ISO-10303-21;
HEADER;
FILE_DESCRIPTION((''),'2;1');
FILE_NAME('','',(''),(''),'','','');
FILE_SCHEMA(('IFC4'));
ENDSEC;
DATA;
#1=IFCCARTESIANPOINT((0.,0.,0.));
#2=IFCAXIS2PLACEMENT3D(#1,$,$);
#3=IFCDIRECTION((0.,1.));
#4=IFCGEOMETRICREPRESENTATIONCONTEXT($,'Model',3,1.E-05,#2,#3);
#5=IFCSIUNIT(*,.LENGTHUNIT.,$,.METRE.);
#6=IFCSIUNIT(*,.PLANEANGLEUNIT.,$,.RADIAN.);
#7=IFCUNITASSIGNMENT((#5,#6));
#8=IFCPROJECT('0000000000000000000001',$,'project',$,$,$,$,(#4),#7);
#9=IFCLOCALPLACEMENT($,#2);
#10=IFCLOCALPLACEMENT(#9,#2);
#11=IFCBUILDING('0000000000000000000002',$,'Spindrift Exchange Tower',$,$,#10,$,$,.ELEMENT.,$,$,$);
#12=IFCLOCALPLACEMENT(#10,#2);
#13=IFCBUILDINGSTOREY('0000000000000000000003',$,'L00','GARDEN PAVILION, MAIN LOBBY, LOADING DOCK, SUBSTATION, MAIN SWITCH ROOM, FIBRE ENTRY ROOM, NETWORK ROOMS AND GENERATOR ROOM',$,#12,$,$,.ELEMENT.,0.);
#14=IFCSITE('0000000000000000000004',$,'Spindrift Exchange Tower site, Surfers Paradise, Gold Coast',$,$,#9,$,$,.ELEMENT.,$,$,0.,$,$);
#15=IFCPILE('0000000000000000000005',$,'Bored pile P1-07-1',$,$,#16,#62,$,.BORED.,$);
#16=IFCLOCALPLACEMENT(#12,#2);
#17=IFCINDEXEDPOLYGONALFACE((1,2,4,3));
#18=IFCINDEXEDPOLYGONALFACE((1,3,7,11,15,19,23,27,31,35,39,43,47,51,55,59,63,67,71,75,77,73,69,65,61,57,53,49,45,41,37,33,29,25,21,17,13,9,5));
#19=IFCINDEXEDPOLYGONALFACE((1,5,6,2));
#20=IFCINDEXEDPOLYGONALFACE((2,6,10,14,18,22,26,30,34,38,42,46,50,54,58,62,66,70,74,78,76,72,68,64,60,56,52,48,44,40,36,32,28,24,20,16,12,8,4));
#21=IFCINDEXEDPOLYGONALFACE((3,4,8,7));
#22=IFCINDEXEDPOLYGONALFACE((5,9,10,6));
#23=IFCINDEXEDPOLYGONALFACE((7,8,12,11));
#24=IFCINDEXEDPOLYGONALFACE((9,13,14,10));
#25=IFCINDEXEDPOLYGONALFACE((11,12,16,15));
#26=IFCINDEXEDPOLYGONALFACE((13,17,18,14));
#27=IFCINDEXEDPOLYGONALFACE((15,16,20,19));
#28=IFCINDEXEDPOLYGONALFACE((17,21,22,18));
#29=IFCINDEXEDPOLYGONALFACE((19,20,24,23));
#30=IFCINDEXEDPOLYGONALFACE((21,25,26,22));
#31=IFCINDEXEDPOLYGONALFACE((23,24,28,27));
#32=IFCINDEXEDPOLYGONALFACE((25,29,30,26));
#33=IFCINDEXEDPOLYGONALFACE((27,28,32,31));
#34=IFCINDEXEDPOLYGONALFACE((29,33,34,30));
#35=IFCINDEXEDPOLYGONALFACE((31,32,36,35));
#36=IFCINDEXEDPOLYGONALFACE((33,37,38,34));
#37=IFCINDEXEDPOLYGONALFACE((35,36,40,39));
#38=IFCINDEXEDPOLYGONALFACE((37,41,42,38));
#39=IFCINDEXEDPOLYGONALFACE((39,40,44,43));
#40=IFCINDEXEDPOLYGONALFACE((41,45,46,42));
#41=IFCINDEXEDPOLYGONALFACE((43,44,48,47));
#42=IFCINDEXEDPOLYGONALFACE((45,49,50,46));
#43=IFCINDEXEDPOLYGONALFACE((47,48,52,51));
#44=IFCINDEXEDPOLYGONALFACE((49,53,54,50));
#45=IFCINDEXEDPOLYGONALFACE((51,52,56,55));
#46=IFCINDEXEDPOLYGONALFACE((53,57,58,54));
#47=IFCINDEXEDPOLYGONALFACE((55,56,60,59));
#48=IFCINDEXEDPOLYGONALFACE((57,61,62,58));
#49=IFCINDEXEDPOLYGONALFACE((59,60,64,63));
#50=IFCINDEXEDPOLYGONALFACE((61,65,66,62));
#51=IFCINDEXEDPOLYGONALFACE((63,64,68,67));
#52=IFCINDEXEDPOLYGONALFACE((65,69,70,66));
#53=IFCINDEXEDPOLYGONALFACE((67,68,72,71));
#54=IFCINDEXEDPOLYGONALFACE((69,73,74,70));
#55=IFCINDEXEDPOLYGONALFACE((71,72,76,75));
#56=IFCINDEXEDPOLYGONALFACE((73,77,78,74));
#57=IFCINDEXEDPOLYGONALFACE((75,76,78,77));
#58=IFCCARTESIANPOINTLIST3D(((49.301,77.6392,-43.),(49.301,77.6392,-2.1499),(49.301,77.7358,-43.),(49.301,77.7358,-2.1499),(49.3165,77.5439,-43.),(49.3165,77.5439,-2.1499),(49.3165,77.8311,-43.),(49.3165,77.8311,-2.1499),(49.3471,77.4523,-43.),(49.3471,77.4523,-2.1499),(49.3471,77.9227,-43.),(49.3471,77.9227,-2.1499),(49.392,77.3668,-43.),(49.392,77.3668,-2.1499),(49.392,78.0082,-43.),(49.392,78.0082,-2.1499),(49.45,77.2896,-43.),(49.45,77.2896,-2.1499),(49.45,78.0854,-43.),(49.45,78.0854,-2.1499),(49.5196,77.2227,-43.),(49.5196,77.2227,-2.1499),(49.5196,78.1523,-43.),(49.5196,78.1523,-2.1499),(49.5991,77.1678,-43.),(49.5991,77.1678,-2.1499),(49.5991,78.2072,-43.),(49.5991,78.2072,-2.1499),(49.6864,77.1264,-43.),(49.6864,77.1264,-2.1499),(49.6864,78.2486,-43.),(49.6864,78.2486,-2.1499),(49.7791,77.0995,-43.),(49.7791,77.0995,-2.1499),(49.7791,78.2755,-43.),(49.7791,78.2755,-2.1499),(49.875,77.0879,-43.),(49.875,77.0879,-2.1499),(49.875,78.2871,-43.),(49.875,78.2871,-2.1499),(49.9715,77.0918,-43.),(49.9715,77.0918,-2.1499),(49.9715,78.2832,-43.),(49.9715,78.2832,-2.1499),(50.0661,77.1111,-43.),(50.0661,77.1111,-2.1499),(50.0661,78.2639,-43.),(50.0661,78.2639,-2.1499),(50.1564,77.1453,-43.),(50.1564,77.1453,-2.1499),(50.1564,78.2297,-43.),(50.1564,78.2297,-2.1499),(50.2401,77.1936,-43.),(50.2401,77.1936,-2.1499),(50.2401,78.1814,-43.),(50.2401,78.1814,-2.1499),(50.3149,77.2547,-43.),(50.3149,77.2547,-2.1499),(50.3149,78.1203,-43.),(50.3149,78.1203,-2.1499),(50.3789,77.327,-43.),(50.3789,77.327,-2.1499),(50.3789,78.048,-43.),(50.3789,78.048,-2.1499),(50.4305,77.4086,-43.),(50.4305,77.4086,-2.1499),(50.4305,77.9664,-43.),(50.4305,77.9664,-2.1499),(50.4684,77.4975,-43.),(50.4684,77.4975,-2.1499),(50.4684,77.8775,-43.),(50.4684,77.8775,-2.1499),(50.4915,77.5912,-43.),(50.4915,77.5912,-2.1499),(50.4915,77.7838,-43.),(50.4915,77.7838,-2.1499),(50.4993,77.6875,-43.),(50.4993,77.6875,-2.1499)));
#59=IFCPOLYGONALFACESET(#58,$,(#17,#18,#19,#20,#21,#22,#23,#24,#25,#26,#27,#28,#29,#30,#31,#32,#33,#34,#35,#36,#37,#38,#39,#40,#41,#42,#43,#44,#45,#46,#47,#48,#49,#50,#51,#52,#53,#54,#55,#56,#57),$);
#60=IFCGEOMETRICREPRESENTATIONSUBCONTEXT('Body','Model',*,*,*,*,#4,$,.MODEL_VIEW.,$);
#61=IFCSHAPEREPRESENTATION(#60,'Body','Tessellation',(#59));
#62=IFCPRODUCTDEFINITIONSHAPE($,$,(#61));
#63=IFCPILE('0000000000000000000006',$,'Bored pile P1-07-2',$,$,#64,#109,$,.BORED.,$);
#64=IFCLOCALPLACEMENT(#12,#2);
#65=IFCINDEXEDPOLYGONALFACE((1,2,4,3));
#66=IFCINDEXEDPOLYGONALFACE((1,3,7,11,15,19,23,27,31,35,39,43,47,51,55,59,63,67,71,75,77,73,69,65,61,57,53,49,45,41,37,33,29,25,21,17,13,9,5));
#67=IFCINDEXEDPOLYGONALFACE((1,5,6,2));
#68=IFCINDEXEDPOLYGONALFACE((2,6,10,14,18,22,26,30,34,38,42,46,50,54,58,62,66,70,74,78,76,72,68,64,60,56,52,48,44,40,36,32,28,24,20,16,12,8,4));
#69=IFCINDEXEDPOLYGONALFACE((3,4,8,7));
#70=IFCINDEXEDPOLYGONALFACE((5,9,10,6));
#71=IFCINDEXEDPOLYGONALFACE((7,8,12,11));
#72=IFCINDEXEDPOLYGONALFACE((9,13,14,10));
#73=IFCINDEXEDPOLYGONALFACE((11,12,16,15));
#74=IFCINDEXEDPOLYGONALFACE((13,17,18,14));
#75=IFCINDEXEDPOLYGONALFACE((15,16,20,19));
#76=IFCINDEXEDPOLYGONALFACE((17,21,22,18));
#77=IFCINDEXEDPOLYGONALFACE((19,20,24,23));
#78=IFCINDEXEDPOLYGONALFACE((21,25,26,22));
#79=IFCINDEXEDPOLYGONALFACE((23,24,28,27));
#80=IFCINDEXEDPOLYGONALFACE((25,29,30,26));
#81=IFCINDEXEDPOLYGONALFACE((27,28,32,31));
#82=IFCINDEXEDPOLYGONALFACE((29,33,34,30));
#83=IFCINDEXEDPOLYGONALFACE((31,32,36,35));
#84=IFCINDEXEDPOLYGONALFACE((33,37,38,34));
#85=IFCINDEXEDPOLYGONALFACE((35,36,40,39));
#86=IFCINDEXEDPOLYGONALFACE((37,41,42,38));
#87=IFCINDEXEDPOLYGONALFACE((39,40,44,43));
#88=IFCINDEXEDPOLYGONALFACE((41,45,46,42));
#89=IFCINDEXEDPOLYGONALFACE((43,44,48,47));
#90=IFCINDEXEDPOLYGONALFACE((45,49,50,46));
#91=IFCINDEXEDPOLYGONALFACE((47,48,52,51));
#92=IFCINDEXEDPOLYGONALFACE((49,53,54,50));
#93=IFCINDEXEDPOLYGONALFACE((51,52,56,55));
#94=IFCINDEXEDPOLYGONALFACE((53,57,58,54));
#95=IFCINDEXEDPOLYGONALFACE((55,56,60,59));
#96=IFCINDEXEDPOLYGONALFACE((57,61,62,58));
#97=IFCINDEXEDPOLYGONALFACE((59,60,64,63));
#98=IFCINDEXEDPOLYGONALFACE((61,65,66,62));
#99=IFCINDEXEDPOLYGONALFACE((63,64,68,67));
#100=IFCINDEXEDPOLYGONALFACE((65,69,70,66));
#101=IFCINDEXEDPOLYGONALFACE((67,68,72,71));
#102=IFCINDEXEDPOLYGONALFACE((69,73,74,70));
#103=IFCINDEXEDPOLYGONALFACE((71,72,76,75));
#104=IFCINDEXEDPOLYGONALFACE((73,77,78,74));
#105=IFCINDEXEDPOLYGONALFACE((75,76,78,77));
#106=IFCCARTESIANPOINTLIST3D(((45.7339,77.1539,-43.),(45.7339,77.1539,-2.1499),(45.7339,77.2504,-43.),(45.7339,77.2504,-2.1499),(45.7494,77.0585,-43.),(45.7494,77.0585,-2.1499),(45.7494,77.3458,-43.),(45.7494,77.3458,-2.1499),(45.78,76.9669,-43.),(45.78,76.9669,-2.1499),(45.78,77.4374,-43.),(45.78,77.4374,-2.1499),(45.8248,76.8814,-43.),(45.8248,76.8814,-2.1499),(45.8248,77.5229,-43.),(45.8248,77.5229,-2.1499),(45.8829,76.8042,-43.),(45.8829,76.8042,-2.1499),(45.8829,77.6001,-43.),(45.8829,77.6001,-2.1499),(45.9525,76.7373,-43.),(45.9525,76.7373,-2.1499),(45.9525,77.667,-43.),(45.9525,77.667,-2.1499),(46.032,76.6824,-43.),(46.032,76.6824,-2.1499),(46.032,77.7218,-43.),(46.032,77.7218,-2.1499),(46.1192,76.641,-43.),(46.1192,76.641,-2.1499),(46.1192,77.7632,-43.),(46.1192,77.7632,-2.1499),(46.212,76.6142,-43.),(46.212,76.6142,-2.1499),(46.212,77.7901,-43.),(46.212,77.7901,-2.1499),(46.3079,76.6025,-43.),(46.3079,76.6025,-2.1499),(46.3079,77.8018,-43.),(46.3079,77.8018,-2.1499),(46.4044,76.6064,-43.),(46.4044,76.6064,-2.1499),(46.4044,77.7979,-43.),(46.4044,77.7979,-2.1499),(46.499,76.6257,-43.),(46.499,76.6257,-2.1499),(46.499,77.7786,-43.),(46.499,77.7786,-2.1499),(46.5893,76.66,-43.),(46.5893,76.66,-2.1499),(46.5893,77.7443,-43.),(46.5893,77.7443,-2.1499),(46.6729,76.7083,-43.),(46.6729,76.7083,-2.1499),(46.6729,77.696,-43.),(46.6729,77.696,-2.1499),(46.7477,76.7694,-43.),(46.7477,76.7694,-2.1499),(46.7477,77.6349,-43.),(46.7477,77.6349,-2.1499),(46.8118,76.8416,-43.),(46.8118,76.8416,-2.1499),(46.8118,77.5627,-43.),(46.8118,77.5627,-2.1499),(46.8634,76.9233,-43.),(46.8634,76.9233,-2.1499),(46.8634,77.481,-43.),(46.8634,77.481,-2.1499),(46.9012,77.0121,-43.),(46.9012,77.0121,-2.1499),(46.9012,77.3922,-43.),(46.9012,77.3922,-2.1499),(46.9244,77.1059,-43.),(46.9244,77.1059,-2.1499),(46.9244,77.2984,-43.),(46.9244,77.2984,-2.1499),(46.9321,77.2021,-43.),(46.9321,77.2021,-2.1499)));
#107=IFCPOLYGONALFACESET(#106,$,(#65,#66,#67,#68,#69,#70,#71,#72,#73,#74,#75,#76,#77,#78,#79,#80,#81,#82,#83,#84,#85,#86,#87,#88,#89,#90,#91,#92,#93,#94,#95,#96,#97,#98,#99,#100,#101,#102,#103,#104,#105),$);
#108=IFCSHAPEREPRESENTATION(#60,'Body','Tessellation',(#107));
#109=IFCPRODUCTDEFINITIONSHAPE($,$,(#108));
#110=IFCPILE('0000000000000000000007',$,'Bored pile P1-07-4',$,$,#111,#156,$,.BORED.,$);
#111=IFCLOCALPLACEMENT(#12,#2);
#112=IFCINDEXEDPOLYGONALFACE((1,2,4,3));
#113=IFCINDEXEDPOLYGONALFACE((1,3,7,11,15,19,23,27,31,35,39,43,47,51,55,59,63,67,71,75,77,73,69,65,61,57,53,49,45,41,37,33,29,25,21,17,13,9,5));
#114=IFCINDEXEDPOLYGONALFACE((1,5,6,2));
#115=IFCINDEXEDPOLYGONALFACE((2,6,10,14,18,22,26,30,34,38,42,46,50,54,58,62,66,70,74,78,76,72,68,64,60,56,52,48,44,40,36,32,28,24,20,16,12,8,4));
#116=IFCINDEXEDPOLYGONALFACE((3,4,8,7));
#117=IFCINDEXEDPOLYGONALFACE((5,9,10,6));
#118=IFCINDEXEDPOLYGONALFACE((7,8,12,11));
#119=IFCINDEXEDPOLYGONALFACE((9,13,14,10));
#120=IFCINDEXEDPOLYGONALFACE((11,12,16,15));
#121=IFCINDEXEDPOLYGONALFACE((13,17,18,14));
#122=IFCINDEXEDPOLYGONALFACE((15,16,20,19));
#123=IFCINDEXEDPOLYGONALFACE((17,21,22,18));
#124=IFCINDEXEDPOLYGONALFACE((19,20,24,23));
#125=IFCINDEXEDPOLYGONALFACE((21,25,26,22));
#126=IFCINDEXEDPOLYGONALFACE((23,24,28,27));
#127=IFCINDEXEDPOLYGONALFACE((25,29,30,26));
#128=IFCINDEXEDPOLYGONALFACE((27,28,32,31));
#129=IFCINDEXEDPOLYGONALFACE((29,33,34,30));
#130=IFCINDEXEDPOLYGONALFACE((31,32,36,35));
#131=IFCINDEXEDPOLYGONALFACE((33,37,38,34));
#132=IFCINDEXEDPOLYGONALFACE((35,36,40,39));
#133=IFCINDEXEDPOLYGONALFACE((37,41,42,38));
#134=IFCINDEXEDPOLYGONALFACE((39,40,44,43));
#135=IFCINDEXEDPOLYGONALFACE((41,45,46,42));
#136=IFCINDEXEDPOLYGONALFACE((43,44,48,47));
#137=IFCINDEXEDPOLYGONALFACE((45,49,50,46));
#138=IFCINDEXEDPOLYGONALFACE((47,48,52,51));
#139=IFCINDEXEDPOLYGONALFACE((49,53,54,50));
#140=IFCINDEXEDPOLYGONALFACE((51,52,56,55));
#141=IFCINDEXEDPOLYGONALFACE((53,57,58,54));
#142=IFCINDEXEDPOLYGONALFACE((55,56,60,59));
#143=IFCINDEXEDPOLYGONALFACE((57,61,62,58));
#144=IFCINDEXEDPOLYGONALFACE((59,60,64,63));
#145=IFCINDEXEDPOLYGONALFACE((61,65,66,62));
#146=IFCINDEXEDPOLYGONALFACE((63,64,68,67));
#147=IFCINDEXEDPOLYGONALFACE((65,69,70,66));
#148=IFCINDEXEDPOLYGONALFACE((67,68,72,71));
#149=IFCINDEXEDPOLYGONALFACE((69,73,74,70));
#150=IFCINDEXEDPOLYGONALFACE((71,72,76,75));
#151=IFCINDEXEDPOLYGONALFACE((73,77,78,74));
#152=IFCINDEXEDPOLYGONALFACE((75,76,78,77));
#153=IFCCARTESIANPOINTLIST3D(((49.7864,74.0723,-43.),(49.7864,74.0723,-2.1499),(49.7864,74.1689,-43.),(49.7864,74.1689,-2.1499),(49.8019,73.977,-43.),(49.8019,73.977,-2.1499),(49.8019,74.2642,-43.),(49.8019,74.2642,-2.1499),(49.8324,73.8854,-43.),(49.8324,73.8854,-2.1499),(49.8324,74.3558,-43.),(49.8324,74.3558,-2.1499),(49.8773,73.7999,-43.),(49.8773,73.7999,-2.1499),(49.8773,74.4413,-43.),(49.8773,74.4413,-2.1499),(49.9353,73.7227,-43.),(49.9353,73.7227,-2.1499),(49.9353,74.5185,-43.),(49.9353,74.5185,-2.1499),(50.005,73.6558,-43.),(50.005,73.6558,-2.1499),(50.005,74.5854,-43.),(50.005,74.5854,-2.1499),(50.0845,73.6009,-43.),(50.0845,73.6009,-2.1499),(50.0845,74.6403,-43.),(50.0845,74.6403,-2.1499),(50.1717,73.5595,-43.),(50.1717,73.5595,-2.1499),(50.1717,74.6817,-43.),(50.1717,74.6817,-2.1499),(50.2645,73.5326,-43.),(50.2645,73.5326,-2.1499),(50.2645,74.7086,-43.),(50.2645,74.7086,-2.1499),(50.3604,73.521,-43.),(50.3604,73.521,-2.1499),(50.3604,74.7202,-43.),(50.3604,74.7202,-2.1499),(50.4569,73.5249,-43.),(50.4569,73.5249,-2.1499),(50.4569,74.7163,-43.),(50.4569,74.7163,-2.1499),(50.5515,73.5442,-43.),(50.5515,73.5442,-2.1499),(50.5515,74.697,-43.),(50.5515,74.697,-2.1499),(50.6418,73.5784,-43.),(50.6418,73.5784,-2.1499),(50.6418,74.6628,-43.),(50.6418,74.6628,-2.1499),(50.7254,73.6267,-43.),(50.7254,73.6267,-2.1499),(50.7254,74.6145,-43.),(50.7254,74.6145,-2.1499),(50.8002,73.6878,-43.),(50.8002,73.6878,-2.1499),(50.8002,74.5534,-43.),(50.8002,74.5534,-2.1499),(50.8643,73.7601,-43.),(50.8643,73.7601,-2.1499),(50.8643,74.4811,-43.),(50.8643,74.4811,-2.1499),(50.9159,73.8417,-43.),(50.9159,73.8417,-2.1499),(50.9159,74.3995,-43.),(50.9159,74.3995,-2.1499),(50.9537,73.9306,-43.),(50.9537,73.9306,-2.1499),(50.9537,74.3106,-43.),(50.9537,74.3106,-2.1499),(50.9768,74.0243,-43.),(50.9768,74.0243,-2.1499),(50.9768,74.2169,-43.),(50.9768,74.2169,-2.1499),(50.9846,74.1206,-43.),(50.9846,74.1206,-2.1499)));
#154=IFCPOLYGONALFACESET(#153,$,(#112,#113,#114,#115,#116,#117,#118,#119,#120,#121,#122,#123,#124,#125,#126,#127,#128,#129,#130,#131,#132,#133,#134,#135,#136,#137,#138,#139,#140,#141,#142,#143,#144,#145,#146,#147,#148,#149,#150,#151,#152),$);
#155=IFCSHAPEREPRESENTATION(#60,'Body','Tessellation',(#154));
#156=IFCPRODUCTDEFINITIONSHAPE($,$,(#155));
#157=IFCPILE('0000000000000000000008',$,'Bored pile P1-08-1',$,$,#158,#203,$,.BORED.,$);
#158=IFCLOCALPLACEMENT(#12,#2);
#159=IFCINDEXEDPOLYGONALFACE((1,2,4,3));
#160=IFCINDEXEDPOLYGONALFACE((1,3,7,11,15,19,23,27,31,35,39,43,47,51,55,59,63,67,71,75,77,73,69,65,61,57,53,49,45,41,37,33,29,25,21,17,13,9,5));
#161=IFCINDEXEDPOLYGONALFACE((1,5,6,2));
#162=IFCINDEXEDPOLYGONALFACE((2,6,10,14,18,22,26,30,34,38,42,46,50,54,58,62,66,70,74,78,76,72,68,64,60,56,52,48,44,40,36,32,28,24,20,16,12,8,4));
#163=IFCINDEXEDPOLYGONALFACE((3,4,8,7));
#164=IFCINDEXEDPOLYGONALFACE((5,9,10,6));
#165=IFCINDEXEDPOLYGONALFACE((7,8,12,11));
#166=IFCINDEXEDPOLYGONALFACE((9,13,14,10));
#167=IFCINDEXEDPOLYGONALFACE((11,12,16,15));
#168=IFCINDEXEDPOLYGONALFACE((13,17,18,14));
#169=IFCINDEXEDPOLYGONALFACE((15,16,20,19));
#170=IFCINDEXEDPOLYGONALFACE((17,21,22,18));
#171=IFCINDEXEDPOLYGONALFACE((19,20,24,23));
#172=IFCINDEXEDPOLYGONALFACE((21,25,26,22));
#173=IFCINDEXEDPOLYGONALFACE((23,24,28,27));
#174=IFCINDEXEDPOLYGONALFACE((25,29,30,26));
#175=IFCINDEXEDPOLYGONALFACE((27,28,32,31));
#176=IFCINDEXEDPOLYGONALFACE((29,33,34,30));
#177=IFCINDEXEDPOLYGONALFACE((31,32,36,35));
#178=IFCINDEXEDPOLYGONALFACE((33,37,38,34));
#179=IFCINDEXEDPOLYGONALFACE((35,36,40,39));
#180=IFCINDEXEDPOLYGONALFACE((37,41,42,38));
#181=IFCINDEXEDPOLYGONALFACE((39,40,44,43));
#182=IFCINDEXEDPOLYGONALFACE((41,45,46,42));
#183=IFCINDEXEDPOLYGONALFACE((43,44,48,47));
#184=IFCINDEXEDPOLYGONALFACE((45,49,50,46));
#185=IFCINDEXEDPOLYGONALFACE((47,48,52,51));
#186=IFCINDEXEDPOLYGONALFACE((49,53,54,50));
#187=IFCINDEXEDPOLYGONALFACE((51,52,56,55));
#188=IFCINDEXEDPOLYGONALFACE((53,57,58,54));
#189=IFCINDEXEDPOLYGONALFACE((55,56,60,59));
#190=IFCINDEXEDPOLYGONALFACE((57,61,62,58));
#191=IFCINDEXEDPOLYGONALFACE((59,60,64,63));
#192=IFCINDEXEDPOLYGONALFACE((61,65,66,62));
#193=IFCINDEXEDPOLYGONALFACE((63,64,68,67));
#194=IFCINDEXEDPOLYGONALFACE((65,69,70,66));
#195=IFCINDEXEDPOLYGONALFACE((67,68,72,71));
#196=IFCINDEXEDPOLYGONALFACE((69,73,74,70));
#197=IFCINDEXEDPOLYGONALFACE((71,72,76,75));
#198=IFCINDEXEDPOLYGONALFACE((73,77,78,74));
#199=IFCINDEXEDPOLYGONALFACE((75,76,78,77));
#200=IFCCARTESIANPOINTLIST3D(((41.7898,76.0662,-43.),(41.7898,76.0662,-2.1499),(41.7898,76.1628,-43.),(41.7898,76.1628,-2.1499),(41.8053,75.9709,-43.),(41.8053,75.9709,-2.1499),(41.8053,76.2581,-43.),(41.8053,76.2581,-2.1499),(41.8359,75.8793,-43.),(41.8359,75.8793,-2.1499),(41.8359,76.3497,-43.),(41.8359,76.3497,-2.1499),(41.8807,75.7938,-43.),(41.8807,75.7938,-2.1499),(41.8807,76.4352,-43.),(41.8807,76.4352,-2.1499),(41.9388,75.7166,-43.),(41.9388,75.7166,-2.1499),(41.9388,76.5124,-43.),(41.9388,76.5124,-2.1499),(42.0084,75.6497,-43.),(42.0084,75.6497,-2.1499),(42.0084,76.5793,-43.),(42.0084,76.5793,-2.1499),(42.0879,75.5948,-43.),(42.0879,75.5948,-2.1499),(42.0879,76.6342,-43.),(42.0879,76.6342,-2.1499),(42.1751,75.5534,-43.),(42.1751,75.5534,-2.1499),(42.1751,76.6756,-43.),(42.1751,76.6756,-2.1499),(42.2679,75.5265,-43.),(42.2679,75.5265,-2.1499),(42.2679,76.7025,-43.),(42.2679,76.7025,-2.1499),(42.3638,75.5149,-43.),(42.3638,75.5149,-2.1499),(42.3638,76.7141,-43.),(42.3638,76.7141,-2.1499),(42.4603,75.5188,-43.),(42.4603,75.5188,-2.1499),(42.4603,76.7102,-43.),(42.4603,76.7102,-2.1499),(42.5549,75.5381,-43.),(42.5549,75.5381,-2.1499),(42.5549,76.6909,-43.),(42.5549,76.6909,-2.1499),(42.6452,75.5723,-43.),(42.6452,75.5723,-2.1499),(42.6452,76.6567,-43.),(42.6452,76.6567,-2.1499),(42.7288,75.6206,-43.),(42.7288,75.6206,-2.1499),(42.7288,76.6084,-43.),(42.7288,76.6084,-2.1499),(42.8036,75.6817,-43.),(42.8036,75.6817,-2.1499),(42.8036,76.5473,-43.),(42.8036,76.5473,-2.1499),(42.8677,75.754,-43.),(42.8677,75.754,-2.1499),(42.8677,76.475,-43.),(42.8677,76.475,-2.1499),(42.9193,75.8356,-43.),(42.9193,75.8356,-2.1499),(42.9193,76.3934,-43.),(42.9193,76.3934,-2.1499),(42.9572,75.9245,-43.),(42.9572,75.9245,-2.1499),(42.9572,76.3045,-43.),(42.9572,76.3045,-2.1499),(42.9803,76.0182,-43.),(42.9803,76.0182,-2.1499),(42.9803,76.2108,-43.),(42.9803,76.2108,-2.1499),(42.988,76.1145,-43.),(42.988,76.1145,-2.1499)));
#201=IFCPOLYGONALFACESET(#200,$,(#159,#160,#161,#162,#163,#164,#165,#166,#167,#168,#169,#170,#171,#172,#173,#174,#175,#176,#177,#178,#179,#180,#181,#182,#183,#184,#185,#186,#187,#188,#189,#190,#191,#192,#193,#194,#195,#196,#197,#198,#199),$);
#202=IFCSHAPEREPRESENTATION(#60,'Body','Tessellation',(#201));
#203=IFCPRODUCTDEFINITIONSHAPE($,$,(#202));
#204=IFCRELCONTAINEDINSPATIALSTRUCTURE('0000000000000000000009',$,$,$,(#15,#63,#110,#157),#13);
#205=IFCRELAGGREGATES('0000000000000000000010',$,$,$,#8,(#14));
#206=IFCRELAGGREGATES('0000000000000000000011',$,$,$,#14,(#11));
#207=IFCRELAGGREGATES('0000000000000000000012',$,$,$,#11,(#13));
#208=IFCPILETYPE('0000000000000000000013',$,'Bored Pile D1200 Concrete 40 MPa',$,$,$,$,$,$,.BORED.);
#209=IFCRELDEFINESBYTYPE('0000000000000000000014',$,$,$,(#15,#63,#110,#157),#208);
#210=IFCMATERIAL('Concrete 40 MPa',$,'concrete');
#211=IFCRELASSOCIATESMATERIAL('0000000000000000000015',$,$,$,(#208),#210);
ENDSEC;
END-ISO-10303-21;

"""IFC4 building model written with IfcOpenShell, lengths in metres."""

from ifc_helpers import new_model, si_unit, direction, frame, origin, origin_2d, place, context, subcontext, project, spatial, circle, extrude, source, transform, mapped, material, material_profile, profile_set, type_object, element, save


model = new_model("IFC4")

# Units and contexts
model_context = context("Model", 3, precision=1e-05, world=origin(), true_north=direction((0.0, 1.0)))
body_context = subcontext(model_context, "Body", "Model", "MODEL_VIEW")
ifc_project = project(units=[si_unit("LENGTHUNIT", "METRE"), si_unit("PLANEANGLEUNIT", "RADIAN")], contexts=[model_context])

# Site, building, storey
site_placement = place(None, origin())
site = spatial("IfcSite", under=ifc_project, at=site_placement, Name="Spindrift Exchange Tower site, Surfers Paradise, Gold Coast", CompositionType="ELEMENT", RefElevation=0.0)
building_placement = place(site_placement, origin())
building = spatial("IfcBuilding", under=site, at=building_placement, Name="Spindrift Exchange Tower", CompositionType="ELEMENT")
storey_placement = place(building_placement, origin())
storey = spatial("IfcBuildingStorey", under=building, at=storey_placement, Name="L00", Description="GARDEN PAVILION, MAIN LOBBY, LOADING DOCK, SUBSTATION, MAIN SWITCH ROOM, FIBRE ENTRY ROOM, NETWORK ROOMS AND GENERATOR ROOM", CompositionType="ELEMENT", Elevation=0.0)

# Piles
ifc_material_1 = material(Name="Concrete 40 MPa", Category="concrete")
ifc_material_profile_1 = material_profile(ifc_material_1, circle(Radius=0.6001, at=origin_2d()), Name="BP D1200")
ifc_profile_set_1 = profile_set([ifc_material_profile_1], Name="Concrete 40 MPa")
pile_type = type_object("IfcPileType", Name="Bored Pile D1200 Concrete 40 MPa", PredefinedType="BORED", material=ifc_profile_set_1)
shared_shape_1 = source(origin(), body_context, "Body", "SweptSolid", [
    extrude(circle(Radius=0.6001, at=origin_2d()), origin(), (0.0, 0.0, 1.0), 40.8501),
])
for number, where, z_axis, x_axis, name in (
    (1, (49.8992, 77.6875, -2.1499), (0.0, 0.0, -1.0), (1.0, 0.0, 0.0), "Bored pile P1-07-1"),
    (2, (46.332, 77.2021, -2.1499), (0.0, 0.0, -1.0), (1.0, 0.0, 0.0), "Bored pile P1-07-2"),
    (3, (50.3845, 74.1206, -2.1499), (0.0, 0.0, -1.0), (1.0, 0.0, 0.0), "Bored pile P1-07-4"),
    (4, (42.3879, 76.1145, -2.1499), (0.0, 0.0, -1.0), (1.0, 0.0, 0.0), "Bored pile P1-08-1"),
):
    element("IfcPile", number, at=place(storey_placement, frame(where, z_axis=z_axis, x_axis=x_axis)), inside=storey, type_object=pile_type, Name=name, PredefinedType="BORED", context=body_context, shape_type="MappedRepresentation", body=[
        mapped(shared_shape_1, transform((0.0, 0.0, 0.0), scale=1.0)),
    ])

save(model, "model.ifc")
